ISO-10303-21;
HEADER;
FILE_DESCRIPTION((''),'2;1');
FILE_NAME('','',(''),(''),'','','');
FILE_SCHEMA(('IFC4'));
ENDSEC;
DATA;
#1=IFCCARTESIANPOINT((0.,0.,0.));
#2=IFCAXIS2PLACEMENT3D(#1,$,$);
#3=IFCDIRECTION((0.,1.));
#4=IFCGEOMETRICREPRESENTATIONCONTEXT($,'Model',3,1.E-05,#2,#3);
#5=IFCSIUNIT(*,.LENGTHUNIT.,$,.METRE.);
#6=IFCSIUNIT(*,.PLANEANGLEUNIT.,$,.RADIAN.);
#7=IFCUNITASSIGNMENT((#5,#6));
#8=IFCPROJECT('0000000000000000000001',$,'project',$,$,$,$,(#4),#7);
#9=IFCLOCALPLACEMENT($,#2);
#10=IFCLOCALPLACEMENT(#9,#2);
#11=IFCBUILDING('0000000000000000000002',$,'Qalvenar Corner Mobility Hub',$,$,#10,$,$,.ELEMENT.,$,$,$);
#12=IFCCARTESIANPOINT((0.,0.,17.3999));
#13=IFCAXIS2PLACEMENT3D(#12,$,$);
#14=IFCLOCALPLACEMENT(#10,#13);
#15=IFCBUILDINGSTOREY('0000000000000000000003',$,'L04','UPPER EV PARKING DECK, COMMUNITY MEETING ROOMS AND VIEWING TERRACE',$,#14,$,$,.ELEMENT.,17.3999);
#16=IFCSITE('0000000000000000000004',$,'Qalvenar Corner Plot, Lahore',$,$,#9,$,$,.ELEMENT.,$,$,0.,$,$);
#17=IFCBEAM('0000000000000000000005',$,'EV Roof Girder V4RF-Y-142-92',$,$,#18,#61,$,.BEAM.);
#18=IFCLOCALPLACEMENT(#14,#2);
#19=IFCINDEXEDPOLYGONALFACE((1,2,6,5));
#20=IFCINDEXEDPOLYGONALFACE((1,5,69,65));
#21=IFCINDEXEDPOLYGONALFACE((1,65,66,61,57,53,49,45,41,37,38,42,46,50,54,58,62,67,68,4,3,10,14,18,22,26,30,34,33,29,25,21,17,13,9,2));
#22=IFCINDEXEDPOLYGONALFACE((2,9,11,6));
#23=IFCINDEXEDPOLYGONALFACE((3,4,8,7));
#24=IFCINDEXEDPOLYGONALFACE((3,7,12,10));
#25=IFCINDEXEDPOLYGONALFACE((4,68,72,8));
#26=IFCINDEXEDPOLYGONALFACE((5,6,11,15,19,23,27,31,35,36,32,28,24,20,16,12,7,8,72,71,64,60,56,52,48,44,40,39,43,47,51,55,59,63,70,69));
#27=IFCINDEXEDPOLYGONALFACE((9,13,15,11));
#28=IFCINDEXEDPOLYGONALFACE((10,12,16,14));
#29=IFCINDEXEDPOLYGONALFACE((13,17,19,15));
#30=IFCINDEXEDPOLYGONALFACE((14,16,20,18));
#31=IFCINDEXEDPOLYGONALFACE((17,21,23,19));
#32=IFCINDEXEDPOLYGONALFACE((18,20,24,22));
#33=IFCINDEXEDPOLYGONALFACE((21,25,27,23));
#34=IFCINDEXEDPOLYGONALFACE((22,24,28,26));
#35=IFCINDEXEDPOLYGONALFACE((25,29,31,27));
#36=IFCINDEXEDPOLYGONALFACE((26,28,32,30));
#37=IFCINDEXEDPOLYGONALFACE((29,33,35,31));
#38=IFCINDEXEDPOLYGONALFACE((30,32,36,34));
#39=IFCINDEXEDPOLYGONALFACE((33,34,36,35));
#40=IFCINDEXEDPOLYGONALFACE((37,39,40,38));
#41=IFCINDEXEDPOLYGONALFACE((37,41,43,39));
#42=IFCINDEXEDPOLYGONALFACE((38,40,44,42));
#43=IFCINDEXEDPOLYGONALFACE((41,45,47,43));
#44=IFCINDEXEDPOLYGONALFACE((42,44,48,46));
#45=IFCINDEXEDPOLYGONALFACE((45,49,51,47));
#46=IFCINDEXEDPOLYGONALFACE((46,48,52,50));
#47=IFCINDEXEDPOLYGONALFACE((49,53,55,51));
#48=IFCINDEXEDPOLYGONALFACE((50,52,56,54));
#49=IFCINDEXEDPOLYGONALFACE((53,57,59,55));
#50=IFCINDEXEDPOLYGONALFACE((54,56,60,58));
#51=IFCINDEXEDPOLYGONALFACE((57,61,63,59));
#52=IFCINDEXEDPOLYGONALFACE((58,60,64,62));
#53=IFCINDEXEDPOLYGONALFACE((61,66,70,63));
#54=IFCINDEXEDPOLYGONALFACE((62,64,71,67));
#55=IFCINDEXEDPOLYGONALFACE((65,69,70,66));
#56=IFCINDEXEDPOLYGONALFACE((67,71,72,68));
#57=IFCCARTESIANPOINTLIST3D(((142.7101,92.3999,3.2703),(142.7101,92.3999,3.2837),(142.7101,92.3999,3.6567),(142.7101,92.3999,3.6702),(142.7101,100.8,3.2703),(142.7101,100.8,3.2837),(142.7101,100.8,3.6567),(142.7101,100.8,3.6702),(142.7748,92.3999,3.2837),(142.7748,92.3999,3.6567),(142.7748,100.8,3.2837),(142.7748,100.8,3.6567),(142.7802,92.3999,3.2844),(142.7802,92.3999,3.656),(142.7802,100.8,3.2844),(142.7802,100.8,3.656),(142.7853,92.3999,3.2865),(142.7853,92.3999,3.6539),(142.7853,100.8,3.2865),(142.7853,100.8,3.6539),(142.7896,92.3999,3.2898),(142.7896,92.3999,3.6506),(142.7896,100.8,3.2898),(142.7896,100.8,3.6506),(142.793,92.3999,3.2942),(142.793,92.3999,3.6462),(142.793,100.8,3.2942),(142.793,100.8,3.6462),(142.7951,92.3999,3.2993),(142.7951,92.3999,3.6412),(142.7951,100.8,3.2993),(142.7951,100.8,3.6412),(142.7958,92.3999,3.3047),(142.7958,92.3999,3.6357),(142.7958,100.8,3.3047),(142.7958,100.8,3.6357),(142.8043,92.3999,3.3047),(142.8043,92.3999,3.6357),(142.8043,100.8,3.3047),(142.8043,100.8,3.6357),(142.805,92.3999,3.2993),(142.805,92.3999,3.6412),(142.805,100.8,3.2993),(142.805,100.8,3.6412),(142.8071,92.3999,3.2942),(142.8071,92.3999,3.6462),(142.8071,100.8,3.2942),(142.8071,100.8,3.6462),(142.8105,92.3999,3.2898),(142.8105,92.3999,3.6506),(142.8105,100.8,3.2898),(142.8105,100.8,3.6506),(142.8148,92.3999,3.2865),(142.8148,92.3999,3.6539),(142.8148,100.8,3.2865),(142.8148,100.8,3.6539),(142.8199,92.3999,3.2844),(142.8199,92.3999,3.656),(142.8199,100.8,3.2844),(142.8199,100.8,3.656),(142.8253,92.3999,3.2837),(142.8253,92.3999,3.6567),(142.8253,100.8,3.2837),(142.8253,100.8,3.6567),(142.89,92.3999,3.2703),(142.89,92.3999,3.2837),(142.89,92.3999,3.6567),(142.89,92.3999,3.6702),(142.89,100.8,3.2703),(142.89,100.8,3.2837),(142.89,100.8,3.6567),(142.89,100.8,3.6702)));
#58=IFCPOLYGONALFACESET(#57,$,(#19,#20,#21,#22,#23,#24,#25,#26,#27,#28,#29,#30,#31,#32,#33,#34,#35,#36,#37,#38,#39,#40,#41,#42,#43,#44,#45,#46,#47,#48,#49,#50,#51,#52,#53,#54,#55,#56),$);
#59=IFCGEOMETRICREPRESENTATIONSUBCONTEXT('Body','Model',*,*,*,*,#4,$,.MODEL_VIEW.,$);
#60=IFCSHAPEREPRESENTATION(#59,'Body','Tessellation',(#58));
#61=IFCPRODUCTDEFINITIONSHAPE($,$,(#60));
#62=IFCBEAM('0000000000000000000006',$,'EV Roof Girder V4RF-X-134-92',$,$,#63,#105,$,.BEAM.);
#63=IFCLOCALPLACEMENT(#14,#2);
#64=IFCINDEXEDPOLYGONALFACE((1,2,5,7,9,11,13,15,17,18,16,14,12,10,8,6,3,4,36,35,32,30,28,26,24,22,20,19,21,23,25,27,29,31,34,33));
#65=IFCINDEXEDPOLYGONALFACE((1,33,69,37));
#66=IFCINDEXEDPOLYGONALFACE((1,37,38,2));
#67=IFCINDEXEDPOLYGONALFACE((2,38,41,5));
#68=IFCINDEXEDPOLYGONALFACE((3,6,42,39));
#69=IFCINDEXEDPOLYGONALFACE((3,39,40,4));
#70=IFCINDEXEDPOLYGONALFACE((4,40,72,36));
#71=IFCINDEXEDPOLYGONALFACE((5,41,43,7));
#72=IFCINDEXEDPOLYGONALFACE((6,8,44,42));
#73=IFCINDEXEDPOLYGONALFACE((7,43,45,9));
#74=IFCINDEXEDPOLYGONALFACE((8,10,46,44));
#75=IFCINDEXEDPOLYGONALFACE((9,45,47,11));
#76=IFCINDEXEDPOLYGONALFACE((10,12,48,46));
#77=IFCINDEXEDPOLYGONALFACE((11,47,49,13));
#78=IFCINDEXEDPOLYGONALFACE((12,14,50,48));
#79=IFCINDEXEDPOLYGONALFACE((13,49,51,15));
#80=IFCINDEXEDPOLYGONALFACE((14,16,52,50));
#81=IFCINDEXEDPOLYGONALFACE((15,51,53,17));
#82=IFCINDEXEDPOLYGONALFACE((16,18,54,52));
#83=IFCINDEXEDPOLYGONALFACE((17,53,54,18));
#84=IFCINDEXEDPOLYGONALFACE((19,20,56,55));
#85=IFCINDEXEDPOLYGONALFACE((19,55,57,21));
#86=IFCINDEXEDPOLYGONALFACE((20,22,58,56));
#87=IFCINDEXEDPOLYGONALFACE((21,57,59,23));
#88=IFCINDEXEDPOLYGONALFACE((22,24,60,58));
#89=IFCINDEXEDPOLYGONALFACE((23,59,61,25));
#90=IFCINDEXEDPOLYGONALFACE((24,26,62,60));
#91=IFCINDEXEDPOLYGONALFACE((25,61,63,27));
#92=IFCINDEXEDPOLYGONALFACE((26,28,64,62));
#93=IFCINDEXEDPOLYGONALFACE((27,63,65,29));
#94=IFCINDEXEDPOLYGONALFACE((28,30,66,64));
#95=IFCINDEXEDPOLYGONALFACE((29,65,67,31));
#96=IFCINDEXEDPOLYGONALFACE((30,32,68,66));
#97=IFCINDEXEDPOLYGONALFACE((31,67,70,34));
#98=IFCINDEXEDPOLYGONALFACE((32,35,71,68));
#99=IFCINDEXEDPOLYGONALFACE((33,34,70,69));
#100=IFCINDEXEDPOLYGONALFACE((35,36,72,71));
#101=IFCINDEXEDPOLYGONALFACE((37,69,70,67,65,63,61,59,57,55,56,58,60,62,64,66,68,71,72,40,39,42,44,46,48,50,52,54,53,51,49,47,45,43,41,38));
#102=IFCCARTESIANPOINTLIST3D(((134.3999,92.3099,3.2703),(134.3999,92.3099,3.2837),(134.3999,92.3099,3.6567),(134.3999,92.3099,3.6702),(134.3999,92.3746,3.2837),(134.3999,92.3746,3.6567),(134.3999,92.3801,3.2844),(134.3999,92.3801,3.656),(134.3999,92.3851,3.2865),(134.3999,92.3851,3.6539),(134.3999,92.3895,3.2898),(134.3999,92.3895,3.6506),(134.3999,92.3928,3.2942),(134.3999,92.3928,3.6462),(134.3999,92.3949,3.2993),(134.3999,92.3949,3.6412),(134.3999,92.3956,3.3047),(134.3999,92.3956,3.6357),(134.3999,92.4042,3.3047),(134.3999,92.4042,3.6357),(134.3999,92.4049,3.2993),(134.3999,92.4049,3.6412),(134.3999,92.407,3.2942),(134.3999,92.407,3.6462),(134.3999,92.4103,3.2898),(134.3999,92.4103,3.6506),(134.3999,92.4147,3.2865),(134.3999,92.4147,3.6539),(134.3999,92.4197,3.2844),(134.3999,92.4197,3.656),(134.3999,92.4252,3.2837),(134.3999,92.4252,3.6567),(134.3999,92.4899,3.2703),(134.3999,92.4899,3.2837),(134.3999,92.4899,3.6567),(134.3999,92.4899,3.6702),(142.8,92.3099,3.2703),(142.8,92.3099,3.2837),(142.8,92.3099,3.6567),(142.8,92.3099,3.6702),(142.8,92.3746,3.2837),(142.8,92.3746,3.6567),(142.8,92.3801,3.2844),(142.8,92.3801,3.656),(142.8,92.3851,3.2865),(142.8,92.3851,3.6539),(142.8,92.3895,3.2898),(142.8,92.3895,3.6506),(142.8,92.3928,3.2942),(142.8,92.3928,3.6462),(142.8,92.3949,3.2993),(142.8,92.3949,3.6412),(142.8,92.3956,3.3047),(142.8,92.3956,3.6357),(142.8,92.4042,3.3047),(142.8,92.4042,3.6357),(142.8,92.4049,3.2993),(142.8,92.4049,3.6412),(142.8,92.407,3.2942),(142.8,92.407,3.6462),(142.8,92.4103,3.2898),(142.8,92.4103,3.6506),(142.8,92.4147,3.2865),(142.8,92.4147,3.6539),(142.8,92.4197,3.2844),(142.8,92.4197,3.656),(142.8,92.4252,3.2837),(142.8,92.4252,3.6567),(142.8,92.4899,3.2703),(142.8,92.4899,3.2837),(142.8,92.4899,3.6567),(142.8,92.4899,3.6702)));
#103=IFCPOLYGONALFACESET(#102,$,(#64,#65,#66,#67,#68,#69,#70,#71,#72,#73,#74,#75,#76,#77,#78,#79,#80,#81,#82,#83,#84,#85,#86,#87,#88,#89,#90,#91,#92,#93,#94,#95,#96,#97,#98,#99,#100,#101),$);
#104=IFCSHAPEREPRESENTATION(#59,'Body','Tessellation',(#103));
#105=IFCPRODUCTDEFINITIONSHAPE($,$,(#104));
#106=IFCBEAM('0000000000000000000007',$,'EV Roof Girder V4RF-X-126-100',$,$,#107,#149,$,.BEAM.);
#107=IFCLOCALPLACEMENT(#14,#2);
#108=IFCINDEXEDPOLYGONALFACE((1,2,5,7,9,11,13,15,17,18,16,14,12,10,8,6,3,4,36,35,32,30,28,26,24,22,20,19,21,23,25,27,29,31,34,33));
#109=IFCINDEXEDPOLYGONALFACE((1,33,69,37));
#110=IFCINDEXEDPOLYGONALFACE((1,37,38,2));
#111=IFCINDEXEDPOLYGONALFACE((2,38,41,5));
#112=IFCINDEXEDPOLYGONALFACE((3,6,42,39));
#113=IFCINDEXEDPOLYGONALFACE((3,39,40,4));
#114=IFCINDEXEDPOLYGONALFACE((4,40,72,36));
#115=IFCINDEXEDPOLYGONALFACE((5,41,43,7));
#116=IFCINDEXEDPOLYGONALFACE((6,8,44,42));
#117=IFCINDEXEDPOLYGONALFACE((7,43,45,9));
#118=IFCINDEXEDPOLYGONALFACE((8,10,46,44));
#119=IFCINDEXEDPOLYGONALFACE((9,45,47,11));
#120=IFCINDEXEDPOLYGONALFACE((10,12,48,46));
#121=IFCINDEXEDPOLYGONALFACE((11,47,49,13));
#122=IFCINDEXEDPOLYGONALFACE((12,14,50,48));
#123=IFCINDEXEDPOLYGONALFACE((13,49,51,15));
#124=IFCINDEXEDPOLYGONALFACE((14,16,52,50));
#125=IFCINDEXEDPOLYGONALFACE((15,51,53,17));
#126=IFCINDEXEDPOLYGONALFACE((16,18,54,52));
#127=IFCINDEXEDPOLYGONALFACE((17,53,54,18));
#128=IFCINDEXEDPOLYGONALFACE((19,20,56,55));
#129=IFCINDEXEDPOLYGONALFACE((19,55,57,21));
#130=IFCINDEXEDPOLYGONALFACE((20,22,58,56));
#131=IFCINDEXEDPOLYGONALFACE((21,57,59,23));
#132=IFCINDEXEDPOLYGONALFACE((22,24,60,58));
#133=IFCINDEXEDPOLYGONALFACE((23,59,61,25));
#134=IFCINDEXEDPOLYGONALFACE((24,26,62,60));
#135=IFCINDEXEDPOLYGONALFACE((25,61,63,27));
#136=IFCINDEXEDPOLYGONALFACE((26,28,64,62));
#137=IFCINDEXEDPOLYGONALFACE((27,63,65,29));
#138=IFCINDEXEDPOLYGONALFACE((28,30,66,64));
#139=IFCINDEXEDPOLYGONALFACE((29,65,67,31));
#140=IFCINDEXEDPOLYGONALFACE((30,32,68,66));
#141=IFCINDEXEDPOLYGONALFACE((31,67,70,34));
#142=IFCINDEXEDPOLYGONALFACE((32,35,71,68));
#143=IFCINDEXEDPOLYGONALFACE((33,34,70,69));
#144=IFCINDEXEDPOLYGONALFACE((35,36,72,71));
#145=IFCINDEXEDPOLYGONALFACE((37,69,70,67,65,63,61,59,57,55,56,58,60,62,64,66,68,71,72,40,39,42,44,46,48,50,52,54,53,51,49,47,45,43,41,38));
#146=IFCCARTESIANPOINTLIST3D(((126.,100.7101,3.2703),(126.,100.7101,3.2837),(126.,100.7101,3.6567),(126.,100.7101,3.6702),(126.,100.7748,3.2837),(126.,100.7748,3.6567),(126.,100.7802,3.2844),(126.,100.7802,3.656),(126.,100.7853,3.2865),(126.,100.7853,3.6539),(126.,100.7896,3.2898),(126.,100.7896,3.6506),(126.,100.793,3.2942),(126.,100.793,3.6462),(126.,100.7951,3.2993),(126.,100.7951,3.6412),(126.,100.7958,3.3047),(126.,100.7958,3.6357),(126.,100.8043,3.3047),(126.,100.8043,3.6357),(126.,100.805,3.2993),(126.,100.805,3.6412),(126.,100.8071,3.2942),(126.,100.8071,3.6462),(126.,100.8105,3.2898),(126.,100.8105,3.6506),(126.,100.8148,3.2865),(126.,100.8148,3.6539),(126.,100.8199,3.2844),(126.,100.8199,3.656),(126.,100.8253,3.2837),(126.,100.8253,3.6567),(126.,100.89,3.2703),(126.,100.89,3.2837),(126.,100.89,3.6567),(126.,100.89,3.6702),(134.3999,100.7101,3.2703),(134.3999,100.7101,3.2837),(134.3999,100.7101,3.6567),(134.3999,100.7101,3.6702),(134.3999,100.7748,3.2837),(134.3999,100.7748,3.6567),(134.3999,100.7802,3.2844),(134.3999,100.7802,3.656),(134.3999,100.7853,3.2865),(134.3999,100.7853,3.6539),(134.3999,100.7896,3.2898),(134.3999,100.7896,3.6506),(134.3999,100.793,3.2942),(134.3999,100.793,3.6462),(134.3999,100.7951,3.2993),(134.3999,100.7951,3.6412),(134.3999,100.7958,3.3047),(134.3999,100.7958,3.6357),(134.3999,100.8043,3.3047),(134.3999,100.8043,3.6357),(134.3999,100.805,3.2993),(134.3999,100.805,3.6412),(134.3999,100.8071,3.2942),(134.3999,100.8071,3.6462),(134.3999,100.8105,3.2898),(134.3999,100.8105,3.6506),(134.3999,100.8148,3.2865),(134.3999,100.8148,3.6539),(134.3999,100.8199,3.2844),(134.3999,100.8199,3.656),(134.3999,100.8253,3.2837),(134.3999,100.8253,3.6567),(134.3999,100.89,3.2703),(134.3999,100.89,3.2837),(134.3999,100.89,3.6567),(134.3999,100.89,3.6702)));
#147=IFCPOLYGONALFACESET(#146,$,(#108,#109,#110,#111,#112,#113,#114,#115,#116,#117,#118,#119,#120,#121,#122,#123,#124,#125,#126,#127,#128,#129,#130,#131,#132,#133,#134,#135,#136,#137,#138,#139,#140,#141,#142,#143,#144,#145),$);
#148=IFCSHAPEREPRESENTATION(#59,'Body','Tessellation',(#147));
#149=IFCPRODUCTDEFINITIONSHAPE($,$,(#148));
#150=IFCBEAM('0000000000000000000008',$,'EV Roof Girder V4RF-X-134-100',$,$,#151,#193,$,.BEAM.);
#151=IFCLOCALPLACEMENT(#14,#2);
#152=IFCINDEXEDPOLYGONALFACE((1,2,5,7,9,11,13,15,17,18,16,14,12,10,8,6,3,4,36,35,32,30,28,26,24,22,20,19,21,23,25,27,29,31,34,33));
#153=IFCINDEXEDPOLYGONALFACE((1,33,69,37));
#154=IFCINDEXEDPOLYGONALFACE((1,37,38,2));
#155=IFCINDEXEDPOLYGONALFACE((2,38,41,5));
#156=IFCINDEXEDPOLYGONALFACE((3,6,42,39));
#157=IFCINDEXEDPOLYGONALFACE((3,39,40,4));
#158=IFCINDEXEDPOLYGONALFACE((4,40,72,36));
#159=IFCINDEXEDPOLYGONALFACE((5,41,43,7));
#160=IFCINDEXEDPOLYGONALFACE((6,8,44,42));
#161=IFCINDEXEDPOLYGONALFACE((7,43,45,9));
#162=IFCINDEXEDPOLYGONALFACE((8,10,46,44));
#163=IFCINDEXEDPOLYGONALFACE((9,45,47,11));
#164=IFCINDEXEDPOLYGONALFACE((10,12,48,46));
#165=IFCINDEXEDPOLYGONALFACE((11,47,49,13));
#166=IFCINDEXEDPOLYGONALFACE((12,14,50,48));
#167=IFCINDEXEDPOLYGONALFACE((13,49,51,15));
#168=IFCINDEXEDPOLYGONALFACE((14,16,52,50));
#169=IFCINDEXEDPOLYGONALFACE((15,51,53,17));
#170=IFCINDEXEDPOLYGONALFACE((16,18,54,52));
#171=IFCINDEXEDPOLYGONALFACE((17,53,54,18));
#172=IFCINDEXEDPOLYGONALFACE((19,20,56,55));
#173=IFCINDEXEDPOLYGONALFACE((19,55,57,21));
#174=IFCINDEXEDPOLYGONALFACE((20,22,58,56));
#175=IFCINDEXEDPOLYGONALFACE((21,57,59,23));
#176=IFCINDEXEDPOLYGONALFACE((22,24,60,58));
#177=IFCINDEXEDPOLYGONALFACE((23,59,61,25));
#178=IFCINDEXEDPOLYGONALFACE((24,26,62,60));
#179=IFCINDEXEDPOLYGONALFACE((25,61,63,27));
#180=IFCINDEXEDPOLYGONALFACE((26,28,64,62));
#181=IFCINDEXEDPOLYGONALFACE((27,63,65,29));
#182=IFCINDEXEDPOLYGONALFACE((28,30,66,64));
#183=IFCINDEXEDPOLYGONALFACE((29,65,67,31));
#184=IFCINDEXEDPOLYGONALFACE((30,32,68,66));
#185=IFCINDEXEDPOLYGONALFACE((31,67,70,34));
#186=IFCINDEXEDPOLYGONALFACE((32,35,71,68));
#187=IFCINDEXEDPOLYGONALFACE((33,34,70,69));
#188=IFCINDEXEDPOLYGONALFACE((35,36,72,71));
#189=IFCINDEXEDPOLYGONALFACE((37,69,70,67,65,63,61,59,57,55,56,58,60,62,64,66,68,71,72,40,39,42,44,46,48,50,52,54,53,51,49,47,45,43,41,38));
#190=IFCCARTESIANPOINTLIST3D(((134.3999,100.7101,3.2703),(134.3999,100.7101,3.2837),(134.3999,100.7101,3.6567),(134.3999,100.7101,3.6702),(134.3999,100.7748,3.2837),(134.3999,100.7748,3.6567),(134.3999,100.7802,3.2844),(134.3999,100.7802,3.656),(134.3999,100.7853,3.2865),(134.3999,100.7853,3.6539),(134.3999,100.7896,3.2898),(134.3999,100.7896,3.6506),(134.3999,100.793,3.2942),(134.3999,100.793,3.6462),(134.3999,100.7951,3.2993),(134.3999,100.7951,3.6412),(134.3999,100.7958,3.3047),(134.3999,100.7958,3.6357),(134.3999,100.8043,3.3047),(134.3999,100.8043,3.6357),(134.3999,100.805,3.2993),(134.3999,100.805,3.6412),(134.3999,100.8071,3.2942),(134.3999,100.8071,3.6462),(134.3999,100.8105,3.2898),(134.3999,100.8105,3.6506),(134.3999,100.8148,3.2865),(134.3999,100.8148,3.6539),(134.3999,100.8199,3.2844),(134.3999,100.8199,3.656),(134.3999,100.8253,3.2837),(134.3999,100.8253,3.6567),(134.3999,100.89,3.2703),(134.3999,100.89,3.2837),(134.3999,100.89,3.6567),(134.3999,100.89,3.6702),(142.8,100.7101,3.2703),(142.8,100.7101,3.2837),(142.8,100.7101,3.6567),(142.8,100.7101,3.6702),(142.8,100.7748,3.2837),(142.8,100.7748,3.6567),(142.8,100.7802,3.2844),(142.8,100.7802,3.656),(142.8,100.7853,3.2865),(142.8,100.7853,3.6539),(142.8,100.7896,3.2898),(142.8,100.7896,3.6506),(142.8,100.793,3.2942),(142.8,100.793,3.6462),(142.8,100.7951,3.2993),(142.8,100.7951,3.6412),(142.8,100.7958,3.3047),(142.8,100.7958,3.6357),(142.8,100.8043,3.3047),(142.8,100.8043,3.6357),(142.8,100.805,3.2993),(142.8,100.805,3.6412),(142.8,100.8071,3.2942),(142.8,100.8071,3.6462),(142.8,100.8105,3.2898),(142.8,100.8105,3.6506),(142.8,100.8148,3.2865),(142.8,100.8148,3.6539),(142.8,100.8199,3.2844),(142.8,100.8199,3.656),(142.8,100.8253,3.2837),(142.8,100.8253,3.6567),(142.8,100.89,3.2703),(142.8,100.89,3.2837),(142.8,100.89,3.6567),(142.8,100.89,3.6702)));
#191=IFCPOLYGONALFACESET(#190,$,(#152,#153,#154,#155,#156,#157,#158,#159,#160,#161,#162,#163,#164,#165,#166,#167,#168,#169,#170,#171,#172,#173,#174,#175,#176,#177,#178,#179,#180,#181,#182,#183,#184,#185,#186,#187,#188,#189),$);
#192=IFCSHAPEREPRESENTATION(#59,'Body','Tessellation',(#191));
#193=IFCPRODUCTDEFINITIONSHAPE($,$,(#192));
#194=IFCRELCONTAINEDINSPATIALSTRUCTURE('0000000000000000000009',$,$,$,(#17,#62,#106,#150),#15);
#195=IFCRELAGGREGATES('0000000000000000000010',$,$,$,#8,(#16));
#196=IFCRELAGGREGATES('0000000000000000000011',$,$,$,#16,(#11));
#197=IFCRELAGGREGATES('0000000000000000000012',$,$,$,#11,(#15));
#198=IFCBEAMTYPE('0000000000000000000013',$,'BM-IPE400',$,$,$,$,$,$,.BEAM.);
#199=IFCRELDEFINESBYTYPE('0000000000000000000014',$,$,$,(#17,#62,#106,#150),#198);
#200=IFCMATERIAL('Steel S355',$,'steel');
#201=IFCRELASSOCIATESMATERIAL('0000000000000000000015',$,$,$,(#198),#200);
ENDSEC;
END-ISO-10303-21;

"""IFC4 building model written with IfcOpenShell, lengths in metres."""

from ifc_helpers import new_model, si_unit, direction, frame, origin, origin_2d, place, context, subcontext, project, spatial, i_section, extrude, material, material_profile, profile_set, type_object, element, save


model = new_model("IFC4")

# Units and contexts
model_context = context("Model", 3, precision=1e-05, world=origin(), true_north=direction((0.0, 1.0)))
body_context = subcontext(model_context, "Body", "Model", "MODEL_VIEW")
ifc_project = project(units=[si_unit("LENGTHUNIT", "METRE"), si_unit("PLANEANGLEUNIT", "RADIAN")], contexts=[model_context])

# Site, building, storey
site_placement = place(None, origin())
site = spatial("IfcSite", under=ifc_project, at=site_placement, Name="Qalvenar Corner Plot, Lahore", CompositionType="ELEMENT", RefElevation=0.0)
building_placement = place(site_placement, origin())
building = spatial("IfcBuilding", under=site, at=building_placement, Name="Qalvenar Corner Mobility Hub", CompositionType="ELEMENT")
storey_placement = place(building_placement, frame((0.0, 0.0, 17.3999)))
storey = spatial("IfcBuildingStorey", under=building, at=storey_placement, Name="L04", Description="UPPER EV PARKING DECK, COMMUNITY MEETING ROOMS AND VIEWING TERRACE", CompositionType="ELEMENT", Elevation=17.3999)

# Shared definitions
ifc_material_1 = material(Name="Steel S355", Category="steel")

# Beams
ifc_material_profile_1 = material_profile(ifc_material_1, i_section(OverallWidth=0.1799, OverallDepth=0.3999, WebThickness=0.0085, FlangeThickness=0.0134, FilletRadius=0.021, at=origin_2d()), Name="IPE400")
ifc_profile_set_1 = profile_set([ifc_material_profile_1], Name="Steel S355")
beam_type_1 = type_object("IfcBeamType", Name="BM-IPE400", PredefinedType="BEAM", material=ifc_profile_set_1)
for number, where, z_axis, x_axis, name in (
    (1, (142.8, 92.3999, 3.4702), (0.0, 1.0, 0.0), (-1.0, 0.0, 0.0), "EV Roof Girder V4RF-Y-142-92"),
    (2, (134.3999, 92.3999, 3.4702), (1.0, 0.0, 0.0), (0.0, 1.0, 0.0), "EV Roof Girder V4RF-X-134-92"),
):
    element("IfcBeam", number, at=place(storey_placement, frame(where, z_axis=z_axis, x_axis=x_axis)), inside=storey, type_object=beam_type_1, Name=name, PredefinedType="BEAM", context=body_context, shape_type="SweptSolid", body=[
        extrude(i_section(OverallWidth=0.1799, OverallDepth=0.3999, WebThickness=0.0085, FlangeThickness=0.0134, FilletRadius=0.021, at=origin_2d()), origin(), (0.0, 0.0, 1.0), 8.4001),
    ])
beam_1_placement = place(storey_placement, frame((126.0, 100.8, 3.4702), z_axis=(1.0, 0.0, 0.0), x_axis=(0.0, 1.0, 0.0)))
element("IfcBeam", 3, at=beam_1_placement, inside=storey, type_object=beam_type_1, Name="EV Roof Girder V4RF-X-126-100", PredefinedType="BEAM", context=body_context, shape_type="SweptSolid", body=[
    extrude(i_section(OverallWidth=0.1799, OverallDepth=0.3999, WebThickness=0.0085, FlangeThickness=0.0134, FilletRadius=0.021, at=origin_2d()), origin(), (0.0, 0.0, 1.0), 8.3999),
])
beam_2_placement = place(storey_placement, frame((134.3999, 100.8, 3.4702), z_axis=(1.0, 0.0, 0.0), x_axis=(0.0, 1.0, 0.0)))
element("IfcBeam", 4, at=beam_2_placement, inside=storey, type_object=beam_type_1, Name="EV Roof Girder V4RF-X-134-100", PredefinedType="BEAM", context=body_context, shape_type="SweptSolid", body=[
    extrude(i_section(OverallWidth=0.1799, OverallDepth=0.3999, WebThickness=0.0085, FlangeThickness=0.0134, FilletRadius=0.021, at=origin_2d()), origin(), (0.0, 0.0, 1.0), 8.4001),
])

save(model, "model.ifc")
